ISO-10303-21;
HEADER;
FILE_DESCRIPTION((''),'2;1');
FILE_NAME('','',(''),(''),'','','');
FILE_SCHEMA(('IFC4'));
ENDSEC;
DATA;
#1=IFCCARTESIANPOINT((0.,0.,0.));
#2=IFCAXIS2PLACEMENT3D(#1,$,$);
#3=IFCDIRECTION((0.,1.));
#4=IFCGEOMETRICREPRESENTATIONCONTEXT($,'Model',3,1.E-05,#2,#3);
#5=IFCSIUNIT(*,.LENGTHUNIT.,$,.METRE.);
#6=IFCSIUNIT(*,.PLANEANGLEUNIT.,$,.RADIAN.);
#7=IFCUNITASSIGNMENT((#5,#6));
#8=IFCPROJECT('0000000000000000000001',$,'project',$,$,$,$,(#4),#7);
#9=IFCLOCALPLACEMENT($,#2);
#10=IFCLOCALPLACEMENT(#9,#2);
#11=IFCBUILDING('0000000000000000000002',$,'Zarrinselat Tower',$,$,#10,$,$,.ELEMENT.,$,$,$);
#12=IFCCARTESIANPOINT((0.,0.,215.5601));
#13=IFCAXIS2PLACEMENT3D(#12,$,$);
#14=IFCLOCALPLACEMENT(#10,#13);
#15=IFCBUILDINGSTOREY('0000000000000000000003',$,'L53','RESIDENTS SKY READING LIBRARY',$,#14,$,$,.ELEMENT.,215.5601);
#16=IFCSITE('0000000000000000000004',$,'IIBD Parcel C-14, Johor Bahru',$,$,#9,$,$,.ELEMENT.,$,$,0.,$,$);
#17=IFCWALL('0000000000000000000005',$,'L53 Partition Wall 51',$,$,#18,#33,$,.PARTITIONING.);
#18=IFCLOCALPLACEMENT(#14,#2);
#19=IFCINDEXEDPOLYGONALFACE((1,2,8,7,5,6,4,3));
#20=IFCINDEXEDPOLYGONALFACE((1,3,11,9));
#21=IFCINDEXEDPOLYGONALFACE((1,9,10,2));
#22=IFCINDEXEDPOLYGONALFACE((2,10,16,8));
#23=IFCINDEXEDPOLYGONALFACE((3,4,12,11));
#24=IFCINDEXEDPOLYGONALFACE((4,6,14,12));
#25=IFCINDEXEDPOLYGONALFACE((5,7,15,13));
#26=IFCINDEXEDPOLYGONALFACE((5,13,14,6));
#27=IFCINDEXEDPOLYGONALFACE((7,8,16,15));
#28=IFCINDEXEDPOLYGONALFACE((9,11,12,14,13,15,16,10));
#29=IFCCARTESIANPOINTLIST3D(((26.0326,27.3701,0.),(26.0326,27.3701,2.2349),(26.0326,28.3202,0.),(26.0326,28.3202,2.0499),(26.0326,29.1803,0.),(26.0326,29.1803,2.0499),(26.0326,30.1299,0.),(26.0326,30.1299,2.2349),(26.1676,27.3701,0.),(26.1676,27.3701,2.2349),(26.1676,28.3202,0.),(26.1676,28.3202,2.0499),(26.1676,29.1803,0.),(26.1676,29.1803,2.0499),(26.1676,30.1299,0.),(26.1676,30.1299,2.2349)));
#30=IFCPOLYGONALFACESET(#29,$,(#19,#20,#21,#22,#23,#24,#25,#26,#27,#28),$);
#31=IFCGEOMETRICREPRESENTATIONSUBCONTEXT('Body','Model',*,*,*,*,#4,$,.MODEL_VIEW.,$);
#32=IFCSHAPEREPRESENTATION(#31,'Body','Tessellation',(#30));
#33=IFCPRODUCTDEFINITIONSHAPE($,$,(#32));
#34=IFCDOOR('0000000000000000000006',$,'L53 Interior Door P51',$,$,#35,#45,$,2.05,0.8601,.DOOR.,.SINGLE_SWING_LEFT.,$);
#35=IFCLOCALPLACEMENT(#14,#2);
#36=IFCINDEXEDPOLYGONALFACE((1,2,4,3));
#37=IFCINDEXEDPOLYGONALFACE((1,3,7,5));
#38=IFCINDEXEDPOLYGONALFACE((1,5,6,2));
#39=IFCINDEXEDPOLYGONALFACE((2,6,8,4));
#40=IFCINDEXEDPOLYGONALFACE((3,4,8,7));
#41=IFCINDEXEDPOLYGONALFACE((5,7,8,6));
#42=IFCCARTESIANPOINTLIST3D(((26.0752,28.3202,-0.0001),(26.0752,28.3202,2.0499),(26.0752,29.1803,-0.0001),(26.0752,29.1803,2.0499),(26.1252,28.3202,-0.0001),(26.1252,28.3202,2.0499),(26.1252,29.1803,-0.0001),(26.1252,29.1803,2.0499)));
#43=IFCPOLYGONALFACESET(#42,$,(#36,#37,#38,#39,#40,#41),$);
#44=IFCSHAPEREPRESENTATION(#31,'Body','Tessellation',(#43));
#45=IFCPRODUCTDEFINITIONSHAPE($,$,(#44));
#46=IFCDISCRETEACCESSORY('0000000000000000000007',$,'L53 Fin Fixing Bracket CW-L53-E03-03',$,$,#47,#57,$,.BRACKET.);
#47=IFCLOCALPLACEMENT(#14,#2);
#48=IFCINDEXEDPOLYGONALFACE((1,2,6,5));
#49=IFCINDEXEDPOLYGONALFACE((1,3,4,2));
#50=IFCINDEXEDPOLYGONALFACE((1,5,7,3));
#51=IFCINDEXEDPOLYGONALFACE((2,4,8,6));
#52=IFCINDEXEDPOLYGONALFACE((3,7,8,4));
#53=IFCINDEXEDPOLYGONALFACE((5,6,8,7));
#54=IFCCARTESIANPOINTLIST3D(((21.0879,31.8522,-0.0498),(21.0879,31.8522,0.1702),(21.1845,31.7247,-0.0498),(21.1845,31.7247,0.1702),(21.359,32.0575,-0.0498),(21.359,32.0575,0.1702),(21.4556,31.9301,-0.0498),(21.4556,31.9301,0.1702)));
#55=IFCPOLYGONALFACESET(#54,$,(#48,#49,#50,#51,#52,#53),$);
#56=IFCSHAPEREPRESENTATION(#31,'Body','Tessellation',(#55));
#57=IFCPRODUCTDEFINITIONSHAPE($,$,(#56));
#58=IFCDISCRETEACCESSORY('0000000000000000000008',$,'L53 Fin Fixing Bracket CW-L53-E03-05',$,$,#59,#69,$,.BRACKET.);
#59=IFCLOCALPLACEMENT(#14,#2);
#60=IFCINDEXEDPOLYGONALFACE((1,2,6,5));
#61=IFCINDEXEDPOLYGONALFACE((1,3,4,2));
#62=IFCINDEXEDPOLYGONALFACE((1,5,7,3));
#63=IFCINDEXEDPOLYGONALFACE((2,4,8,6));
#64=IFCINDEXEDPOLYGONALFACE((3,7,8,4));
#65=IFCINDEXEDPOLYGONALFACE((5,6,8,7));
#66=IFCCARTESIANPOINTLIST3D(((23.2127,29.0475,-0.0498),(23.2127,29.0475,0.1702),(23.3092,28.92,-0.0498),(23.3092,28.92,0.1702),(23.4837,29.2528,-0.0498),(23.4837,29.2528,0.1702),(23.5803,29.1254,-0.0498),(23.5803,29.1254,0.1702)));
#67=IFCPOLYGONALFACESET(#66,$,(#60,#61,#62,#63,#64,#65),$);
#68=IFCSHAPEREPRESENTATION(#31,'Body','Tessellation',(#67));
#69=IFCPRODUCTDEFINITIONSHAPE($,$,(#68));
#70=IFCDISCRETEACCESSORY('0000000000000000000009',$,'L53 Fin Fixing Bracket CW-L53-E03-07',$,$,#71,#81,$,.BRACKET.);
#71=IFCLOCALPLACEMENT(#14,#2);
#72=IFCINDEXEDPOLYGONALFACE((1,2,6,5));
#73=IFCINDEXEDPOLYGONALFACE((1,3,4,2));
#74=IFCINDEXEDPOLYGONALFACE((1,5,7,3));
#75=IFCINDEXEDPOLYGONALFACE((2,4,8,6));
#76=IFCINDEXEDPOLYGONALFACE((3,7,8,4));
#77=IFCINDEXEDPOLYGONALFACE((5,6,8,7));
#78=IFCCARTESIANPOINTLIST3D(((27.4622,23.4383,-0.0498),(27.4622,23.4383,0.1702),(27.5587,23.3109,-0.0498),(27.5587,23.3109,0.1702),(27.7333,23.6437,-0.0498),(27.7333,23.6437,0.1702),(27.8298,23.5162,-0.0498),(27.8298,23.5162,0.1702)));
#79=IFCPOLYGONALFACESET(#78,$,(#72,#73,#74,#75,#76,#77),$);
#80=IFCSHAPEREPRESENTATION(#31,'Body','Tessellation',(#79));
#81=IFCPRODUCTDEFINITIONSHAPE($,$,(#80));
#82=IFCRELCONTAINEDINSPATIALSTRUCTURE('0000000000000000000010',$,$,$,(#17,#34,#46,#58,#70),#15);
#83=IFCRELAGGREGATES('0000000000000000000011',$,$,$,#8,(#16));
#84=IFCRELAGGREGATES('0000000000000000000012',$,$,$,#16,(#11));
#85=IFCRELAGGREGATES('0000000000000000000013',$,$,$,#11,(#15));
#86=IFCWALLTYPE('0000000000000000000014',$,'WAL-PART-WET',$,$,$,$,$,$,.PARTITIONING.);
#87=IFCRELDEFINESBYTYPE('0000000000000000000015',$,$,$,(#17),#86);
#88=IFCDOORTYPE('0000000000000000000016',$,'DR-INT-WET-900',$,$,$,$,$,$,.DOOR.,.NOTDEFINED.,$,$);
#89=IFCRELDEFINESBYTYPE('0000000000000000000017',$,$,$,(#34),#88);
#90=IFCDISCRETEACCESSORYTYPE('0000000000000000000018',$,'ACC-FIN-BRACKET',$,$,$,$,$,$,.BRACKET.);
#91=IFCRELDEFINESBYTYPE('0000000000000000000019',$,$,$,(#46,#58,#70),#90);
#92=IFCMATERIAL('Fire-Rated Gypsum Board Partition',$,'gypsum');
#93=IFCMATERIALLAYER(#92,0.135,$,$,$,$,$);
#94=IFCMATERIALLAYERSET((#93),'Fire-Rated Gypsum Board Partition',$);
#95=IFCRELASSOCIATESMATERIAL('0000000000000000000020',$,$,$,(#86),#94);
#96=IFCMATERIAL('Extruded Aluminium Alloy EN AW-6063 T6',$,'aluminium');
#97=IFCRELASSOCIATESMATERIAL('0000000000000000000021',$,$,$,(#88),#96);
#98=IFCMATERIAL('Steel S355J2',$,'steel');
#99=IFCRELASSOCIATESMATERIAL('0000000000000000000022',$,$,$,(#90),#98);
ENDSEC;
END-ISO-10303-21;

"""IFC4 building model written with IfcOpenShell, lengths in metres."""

from ifc_helpers import new_model, si_unit, direction, frame, frame_2d, origin, origin_2d, place, context, subcontext, project, spatial, rectangle, extrude, material, layer, layer_set, type_object, element, fill, save


model = new_model("IFC4")

# Units and contexts
model_context = context("Model", 3, precision=1e-05, world=origin(), true_north=direction((0.0, 1.0)))
body_context = subcontext(model_context, "Body", "Model", "MODEL_VIEW")
ifc_project = project(units=[si_unit("LENGTHUNIT", "METRE"), si_unit("PLANEANGLEUNIT", "RADIAN")], contexts=[model_context])

# Site, building, storey
site_placement = place(None, origin())
site = spatial("IfcSite", under=ifc_project, at=site_placement, Name="IIBD Parcel C-14, Johor Bahru", CompositionType="ELEMENT", RefElevation=0.0)
building_placement = place(site_placement, origin())
building = spatial("IfcBuilding", under=site, at=building_placement, Name="Zarrinselat Tower", CompositionType="ELEMENT")
storey_placement = place(building_placement, frame((0.0, 0.0, 215.5601)))
storey = spatial("IfcBuildingStorey", under=building, at=storey_placement, Name="L53", Description="RESIDENTS SKY READING LIBRARY", CompositionType="ELEMENT", Elevation=215.5601)

# Shared definitions
ifc_material_1 = material(Name="Fire-Rated Gypsum Board Partition", Category="gypsum")
ifc_layer_1 = layer(ifc_material_1, 0.135)
ifc_layer_set_1 = layer_set([ifc_layer_1], Name="Fire-Rated Gypsum Board Partition")
wall_type_1 = type_object("IfcWallType", Name="WAL-PART-WET", PredefinedType="PARTITIONING", material=ifc_layer_set_1)

# Wall, opening, door
wall_1_placement = place(storey_placement, frame((26.1001, 27.3701, 0.0), z_axis=(0.0, 0.0, 1.0), x_axis=(0.0, 1.0, 0.0)))
wall_1 = element("IfcWall", 1, at=wall_1_placement, inside=storey, type_object=wall_type_1, Name="L53 Partition Wall 51", PredefinedType="PARTITIONING", context=body_context, shape_type="SweptSolid", body=[
    extrude(rectangle(XDim=2.7598, YDim=0.135, at=frame_2d((1.3799, 0.0))), origin(), (0.0, 0.0, 1.0), 2.2349),
])
opening_1_placement = place(wall_1_placement, frame((0.95, 0.0, 0.0)))
opening_1 = element("IfcOpeningElement", 2, at=opening_1_placement, cuts=wall_1, PredefinedType="OPENING", context=body_context, shape_type="SweptSolid", body=[
    extrude(rectangle(XDim=0.8601, YDim=2.05, at=frame_2d((0.4302, 1.0249))), frame((0.0, 0.0774, 0.0), z_axis=(0.0, -1.0, 0.0), x_axis=(1.0, 0.0, 0.0)), (0.0, 0.0, 1.0), 0.155),
])
ifc_material_2 = material(Name="Extruded Aluminium Alloy EN AW-6063 T6", Category="aluminium")
door_type_1 = type_object("IfcDoorType", Name="DR-INT-WET-900", OperationType="NOTDEFINED", PredefinedType="DOOR", material=ifc_material_2)
door_1_placement = place(opening_1_placement, origin())
door_1 = element("IfcDoor", 3, at=door_1_placement, inside=storey, type_object=door_type_1, Name="L53 Interior Door P51", OperationType="SINGLE_SWING_LEFT", OverallHeight=2.05, OverallWidth=0.8601, PredefinedType="DOOR", context=body_context, shape_type="SweptSolid", body=[
    extrude(rectangle(XDim=0.8601, YDim=2.05, at=frame_2d((0.4302, 1.0249))), frame((0.0, 0.0249, 0.0), z_axis=(0.0, -1.0, 0.0), x_axis=(1.0, 0.0, 0.0)), (0.0, 0.0, 1.0), 0.05),
])
fill(opening_1, door_1)

# Discrete accessories
ifc_material_3 = material(Name="Steel S355J2", Category="steel")
discrete_accessory_type = type_object("IfcDiscreteAccessoryType", Name="ACC-FIN-BRACKET", PredefinedType="BRACKET", material=ifc_material_3)
for number, where, z_axis, x_axis, name in (
    (4, (21.2717, 31.8911, -0.0498), (0.0, 0.0, 1.0), (-0.797091, -0.603859, 0.0), "L53 Fin Fixing Bracket CW-L53-E03-03"),
    (5, (23.3965, 29.0864, -0.0498), (0.0, 0.0, 1.0), (-0.797091, -0.603859, 0.0), "L53 Fin Fixing Bracket CW-L53-E03-05"),
    (6, (27.646, 23.4773, -0.0498), (0.0, 0.0, 1.0), (-0.797091, -0.603859, 0.0), "L53 Fin Fixing Bracket CW-L53-E03-07"),
):
    element("IfcDiscreteAccessory", number, at=place(storey_placement, frame(where, z_axis=z_axis, x_axis=x_axis)), inside=storey, type_object=discrete_accessory_type, Name=name, PredefinedType="BRACKET", context=body_context, shape_type="SweptSolid", body=[
        extrude(rectangle(XDim=0.3401, YDim=0.1599, at=origin_2d()), origin(), (0.0, 0.0, 1.0), 0.22),
    ])

save(model, "model.ifc")
